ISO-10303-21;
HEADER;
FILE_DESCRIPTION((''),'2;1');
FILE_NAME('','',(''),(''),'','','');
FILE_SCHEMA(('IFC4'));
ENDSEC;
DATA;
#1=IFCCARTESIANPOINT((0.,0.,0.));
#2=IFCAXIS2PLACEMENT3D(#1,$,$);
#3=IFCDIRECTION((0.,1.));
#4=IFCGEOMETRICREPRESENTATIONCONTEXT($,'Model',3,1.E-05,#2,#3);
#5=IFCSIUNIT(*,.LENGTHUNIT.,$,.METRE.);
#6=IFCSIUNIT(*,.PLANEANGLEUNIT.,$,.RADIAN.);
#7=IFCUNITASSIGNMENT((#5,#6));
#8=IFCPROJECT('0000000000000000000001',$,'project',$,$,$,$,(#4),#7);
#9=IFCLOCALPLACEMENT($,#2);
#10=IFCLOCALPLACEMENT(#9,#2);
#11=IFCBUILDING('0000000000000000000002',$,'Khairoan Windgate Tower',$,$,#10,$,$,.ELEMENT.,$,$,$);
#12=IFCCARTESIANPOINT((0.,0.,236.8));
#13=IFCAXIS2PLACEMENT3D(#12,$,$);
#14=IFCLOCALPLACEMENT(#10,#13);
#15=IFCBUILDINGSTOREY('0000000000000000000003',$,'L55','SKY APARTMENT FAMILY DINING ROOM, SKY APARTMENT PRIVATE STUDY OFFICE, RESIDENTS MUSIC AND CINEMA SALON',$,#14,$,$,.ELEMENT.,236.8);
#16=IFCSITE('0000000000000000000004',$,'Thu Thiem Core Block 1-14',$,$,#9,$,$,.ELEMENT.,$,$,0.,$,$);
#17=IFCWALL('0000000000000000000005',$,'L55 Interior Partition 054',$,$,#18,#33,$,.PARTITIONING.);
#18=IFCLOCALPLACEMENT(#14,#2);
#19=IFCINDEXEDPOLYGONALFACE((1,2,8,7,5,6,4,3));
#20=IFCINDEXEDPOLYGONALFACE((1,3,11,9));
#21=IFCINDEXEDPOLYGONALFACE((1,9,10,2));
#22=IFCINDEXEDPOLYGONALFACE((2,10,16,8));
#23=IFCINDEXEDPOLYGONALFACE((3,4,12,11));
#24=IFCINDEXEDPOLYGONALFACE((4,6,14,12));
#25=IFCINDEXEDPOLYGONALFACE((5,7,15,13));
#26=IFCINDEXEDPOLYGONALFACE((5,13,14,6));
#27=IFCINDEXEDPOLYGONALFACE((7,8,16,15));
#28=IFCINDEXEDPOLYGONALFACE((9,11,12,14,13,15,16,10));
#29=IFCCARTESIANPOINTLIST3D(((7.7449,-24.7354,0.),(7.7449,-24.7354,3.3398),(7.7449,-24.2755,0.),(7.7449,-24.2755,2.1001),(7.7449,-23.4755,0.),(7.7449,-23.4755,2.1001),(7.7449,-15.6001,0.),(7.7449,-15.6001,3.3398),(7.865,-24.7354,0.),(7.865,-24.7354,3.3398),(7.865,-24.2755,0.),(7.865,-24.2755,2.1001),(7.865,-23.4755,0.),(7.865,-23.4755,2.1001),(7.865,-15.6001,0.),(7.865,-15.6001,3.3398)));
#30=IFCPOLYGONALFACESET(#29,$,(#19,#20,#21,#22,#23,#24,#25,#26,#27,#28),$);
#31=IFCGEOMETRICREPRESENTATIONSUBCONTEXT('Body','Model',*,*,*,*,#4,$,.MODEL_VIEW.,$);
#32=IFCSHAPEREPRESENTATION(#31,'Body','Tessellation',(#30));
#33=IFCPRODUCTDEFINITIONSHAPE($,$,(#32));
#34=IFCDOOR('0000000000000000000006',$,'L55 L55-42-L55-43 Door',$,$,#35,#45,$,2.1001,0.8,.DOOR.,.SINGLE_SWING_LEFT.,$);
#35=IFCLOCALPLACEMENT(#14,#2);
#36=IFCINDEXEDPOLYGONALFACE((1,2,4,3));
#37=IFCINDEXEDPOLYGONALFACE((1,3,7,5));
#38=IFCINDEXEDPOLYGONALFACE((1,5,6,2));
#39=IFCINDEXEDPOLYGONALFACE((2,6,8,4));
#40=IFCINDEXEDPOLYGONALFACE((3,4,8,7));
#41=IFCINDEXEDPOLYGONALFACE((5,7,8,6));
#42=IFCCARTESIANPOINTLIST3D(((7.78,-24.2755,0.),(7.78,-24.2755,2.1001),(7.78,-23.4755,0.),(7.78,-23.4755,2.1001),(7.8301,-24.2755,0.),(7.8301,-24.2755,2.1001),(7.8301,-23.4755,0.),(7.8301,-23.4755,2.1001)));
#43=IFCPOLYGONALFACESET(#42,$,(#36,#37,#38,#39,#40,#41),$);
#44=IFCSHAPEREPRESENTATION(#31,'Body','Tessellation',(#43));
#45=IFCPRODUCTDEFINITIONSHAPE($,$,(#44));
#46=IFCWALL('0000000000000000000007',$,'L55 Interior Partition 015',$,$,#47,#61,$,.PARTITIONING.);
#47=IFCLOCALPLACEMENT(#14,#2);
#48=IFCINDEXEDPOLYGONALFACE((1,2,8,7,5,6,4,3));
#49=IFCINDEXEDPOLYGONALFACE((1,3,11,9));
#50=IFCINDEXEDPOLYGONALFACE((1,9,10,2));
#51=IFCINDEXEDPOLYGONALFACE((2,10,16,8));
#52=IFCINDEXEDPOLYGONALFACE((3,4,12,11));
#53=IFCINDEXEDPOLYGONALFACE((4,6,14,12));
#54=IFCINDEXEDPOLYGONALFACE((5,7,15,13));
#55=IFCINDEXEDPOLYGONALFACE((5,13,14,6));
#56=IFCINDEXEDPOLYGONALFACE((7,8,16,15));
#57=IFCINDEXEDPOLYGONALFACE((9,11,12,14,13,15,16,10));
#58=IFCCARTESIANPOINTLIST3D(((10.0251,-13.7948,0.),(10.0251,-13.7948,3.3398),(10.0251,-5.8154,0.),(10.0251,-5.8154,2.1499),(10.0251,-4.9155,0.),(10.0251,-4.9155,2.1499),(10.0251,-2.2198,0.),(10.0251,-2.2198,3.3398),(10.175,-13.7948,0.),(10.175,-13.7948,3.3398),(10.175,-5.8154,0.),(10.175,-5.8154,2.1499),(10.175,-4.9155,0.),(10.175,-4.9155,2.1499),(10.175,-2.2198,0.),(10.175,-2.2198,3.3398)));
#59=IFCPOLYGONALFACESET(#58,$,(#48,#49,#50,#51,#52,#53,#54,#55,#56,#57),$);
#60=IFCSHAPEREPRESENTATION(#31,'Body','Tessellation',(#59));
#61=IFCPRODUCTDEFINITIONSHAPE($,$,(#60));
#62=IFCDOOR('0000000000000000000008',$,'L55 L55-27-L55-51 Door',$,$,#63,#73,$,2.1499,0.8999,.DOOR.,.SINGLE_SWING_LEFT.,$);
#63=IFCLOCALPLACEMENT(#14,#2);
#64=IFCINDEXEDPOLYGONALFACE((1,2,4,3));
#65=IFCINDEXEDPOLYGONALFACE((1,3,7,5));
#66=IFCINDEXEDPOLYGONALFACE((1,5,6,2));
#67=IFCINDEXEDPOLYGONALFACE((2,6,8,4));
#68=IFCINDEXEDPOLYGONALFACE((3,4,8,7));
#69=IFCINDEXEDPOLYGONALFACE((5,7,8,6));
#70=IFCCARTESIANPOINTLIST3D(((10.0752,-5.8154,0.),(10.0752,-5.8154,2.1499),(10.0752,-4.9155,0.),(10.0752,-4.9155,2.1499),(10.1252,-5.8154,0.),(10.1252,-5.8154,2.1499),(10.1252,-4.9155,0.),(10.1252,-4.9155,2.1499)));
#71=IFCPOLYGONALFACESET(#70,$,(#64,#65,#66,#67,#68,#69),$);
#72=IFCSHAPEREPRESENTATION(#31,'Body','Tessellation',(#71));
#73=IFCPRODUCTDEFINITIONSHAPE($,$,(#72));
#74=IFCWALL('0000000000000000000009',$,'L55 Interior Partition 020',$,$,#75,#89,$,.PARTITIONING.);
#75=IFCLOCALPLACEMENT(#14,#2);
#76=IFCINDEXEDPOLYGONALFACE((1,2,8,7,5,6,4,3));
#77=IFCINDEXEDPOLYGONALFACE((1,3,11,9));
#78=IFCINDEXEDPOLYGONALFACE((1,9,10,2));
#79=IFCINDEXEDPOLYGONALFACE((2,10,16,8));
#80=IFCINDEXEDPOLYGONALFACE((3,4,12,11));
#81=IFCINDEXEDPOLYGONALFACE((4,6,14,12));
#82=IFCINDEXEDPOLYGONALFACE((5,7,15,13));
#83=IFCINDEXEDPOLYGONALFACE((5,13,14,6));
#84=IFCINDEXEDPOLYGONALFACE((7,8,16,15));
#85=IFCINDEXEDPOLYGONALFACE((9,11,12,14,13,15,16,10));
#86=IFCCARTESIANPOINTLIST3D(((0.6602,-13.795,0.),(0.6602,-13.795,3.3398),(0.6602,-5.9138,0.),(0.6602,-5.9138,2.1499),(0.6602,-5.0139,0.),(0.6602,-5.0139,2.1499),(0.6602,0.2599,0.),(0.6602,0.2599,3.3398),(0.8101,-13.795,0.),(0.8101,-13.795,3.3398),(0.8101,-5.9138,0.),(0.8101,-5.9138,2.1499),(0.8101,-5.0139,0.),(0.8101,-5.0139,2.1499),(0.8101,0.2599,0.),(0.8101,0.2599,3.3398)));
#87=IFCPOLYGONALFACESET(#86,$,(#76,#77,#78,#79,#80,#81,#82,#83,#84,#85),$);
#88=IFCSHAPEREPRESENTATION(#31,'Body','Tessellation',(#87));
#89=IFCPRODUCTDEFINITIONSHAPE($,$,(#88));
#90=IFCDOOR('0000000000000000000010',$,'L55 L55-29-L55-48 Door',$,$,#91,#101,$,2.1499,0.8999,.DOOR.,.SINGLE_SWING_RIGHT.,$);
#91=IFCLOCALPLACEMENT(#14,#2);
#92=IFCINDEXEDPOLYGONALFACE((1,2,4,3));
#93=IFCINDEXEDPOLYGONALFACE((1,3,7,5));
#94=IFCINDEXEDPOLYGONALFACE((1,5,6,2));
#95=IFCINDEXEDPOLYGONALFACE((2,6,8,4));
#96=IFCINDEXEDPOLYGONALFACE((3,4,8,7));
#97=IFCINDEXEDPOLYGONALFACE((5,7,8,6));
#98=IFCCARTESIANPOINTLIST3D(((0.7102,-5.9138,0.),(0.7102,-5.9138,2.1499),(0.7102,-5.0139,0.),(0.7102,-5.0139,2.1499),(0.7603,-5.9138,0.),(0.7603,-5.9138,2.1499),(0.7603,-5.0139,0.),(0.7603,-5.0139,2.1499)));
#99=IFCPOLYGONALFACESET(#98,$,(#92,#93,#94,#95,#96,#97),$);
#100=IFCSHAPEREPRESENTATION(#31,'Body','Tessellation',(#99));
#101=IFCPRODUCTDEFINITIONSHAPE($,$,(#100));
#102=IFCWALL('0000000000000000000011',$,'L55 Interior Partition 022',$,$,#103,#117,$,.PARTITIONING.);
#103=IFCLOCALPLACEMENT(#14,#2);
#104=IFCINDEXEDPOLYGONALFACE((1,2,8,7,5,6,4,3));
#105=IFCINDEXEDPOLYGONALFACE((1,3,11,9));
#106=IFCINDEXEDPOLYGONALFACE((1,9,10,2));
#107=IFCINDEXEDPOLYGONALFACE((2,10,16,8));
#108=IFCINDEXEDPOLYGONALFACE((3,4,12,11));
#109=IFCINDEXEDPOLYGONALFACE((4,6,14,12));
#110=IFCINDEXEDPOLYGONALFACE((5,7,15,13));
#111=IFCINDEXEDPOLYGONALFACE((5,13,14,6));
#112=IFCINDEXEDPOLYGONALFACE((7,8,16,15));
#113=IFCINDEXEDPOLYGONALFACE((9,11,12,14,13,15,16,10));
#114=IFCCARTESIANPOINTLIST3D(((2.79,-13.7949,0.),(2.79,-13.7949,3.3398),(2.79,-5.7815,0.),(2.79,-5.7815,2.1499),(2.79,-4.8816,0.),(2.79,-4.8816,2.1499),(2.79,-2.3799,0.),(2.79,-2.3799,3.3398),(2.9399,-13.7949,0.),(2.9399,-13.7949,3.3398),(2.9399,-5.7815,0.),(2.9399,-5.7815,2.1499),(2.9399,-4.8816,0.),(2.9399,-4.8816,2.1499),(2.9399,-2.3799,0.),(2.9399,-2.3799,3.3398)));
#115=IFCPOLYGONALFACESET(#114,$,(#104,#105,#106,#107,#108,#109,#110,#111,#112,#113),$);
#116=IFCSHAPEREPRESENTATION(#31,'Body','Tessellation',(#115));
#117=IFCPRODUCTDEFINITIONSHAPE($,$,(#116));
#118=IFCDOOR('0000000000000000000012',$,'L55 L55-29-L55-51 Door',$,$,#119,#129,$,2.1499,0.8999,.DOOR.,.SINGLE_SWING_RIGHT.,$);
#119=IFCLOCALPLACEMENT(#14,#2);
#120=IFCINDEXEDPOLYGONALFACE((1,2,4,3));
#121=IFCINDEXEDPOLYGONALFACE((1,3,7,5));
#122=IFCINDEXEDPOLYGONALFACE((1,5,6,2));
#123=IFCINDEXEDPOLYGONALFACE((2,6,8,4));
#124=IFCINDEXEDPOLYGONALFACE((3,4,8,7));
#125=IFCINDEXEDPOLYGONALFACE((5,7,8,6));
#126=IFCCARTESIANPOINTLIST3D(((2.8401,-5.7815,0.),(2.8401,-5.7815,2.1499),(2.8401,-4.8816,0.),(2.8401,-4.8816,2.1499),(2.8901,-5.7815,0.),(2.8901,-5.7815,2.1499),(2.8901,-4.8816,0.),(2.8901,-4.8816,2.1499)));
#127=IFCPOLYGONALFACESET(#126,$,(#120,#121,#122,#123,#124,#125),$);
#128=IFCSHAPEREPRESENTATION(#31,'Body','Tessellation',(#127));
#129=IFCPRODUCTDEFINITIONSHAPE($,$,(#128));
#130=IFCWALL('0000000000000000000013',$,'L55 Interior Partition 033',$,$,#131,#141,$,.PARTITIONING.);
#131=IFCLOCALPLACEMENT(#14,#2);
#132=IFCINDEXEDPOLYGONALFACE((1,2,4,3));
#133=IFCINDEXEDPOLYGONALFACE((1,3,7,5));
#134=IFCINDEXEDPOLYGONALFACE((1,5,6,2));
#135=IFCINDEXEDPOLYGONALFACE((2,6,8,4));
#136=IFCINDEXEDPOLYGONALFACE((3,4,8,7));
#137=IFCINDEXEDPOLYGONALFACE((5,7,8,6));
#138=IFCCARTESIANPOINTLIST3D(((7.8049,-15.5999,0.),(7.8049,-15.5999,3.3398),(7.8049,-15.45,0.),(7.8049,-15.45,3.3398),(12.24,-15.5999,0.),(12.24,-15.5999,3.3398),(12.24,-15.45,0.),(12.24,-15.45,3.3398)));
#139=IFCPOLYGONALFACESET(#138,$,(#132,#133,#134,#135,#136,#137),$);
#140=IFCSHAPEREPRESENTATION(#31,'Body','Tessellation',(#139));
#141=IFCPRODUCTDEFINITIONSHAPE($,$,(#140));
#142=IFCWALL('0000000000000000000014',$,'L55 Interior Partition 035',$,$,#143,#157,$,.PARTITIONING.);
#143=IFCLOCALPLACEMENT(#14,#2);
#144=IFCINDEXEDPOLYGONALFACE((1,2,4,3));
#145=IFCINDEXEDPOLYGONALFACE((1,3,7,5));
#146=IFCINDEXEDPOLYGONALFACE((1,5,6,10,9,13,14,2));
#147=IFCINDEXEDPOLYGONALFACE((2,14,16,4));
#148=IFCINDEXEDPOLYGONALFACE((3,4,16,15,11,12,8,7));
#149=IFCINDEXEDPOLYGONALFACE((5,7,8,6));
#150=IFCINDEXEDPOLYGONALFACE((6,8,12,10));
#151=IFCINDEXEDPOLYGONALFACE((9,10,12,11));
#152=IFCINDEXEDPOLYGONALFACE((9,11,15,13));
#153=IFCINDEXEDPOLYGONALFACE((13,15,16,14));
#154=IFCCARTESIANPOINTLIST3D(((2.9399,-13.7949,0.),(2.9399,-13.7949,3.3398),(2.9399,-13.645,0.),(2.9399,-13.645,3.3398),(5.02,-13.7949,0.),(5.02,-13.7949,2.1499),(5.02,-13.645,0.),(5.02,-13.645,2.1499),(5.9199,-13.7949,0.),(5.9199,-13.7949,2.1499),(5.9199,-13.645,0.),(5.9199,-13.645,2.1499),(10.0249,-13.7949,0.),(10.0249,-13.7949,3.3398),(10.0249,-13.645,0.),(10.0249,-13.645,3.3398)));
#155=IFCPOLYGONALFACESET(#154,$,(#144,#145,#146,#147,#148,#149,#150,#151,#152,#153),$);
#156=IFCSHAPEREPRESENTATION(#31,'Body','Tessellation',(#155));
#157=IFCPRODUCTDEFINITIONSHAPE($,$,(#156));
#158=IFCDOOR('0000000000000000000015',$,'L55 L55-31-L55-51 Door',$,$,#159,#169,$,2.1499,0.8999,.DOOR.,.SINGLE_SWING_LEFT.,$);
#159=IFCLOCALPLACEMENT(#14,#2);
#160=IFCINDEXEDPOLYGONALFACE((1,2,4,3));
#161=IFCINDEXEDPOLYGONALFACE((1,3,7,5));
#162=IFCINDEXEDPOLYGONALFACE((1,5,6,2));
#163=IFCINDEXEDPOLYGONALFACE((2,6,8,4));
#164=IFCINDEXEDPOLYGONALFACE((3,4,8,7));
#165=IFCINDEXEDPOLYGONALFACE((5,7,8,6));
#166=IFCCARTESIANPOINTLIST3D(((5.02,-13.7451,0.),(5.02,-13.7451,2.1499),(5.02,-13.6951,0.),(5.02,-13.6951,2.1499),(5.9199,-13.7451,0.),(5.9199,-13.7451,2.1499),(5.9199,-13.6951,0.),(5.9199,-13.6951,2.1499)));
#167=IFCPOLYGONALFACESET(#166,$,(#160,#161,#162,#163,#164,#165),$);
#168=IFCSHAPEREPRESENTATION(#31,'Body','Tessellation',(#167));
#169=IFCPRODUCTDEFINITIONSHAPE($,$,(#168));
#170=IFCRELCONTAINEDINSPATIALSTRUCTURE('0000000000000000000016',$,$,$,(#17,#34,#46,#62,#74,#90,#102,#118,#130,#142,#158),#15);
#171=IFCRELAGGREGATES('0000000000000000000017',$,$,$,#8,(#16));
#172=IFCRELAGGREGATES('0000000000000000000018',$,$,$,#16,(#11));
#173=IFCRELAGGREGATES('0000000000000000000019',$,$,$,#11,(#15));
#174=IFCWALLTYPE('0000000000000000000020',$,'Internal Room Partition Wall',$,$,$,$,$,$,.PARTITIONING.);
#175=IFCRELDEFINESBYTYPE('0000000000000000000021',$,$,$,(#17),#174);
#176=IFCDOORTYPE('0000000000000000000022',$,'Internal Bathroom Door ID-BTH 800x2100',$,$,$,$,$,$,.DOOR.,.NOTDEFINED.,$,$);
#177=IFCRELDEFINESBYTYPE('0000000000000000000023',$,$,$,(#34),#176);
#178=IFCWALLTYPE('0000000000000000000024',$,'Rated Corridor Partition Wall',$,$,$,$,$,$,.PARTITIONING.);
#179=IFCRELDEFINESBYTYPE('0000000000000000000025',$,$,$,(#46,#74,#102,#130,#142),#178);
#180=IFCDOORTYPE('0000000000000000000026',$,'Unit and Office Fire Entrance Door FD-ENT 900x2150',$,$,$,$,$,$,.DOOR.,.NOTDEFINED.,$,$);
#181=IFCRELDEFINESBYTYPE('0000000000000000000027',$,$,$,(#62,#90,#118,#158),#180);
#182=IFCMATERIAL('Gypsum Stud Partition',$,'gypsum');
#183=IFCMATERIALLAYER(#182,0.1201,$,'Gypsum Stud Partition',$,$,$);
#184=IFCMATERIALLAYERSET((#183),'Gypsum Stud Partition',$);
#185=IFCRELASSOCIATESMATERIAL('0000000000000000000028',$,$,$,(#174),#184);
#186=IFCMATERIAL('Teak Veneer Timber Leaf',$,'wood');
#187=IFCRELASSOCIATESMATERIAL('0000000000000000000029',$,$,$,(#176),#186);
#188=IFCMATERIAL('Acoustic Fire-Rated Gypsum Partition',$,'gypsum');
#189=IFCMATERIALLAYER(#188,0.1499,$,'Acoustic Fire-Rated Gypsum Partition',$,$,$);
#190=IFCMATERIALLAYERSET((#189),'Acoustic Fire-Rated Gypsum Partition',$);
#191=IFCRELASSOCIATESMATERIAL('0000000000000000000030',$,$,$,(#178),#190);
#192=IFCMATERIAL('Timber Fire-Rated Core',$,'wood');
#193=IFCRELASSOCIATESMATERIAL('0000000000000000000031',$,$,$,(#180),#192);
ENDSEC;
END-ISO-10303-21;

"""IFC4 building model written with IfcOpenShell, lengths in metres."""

from ifc_helpers import new_model, si_unit, direction, frame, frame_2d, origin, place, context, subcontext, project, spatial, rectangle, extrude, material, layer, layer_set, type_object, element, fill, save


model = new_model("IFC4")

# Units and contexts
model_context = context("Model", 3, precision=1e-05, world=origin(), true_north=direction((0.0, 1.0)))
body_context = subcontext(model_context, "Body", "Model", "MODEL_VIEW")
ifc_project = project(units=[si_unit("LENGTHUNIT", "METRE"), si_unit("PLANEANGLEUNIT", "RADIAN")], contexts=[model_context])

# Site, building, storey
site_placement = place(None, origin())
site = spatial("IfcSite", under=ifc_project, at=site_placement, Name="Thu Thiem Core Block 1-14", CompositionType="ELEMENT", RefElevation=0.0)
building_placement = place(site_placement, origin())
building = spatial("IfcBuilding", under=site, at=building_placement, Name="Khairoan Windgate Tower", CompositionType="ELEMENT")
storey_placement = place(building_placement, frame((0.0, 0.0, 236.8)))
storey = spatial("IfcBuildingStorey", under=building, at=storey_placement, Name="L55", Description="SKY APARTMENT FAMILY DINING ROOM, SKY APARTMENT PRIVATE STUDY OFFICE, RESIDENTS MUSIC AND CINEMA SALON", CompositionType="ELEMENT", Elevation=236.8)

# Walls, openings, doors
ifc_material_1 = material(Name="Gypsum Stud Partition", Category="gypsum")
ifc_layer_1 = layer(ifc_material_1, 0.1201, Name="Gypsum Stud Partition")
ifc_layer_set_1 = layer_set([ifc_layer_1], Name="Gypsum Stud Partition")
wall_type_1 = type_object("IfcWallType", Name="Internal Room Partition Wall", PredefinedType="PARTITIONING", material=ifc_layer_set_1)
wall_1_placement = place(storey_placement, frame((7.8049, -24.7354, 0.0), z_axis=(0.0, 0.0, 1.0), x_axis=(0.0, 1.0, 0.0)))
wall_1 = element("IfcWall", 1, at=wall_1_placement, inside=storey, type_object=wall_type_1, Name="L55 Interior Partition 054", PredefinedType="PARTITIONING", context=body_context, shape_type="SweptSolid", body=[
    extrude(rectangle(XDim=9.1353, YDim=0.1201, at=frame_2d((4.5676, 0.0))), origin(), (0.0, 0.0, 1.0), 3.3398),
])
opening_1_placement = place(wall_1_placement, frame((0.46, 0.0, 0.0)))
opening_1 = element("IfcOpeningElement", 2, at=opening_1_placement, cuts=wall_1, PredefinedType="OPENING", context=body_context, shape_type="SweptSolid", body=[
    extrude(rectangle(XDim=0.8, YDim=2.1001, at=frame_2d((0.3999, 1.05))), frame((0.0, 0.0701, 0.0), z_axis=(0.0, -1.0, 0.0), x_axis=(1.0, 0.0, 0.0)), (0.0, 0.0, 1.0), 0.1401),
])
ifc_material_2 = material(Name="Teak Veneer Timber Leaf", Category="wood")
door_type_1 = type_object("IfcDoorType", Name="Internal Bathroom Door ID-BTH 800x2100", OperationType="NOTDEFINED", PredefinedType="DOOR", material=ifc_material_2)
door_1_placement = place(opening_1_placement, origin())
door_1 = element("IfcDoor", 3, at=door_1_placement, inside=storey, type_object=door_type_1, Name="L55 L55-42-L55-43 Door", OperationType="SINGLE_SWING_LEFT", OverallHeight=2.1001, OverallWidth=0.8, PredefinedType="DOOR", context=body_context, shape_type="SweptSolid", body=[
    extrude(rectangle(XDim=0.8, YDim=2.1001, at=frame_2d((0.3999, 1.05))), frame((0.0, 0.0249, 0.0), z_axis=(0.0, -1.0, 0.0), x_axis=(1.0, 0.0, 0.0)), (0.0, 0.0, 1.0), 0.05),
])
fill(opening_1, door_1)
ifc_material_3 = material(Name="Acoustic Fire-Rated Gypsum Partition", Category="gypsum")
ifc_layer_2 = layer(ifc_material_3, 0.1499, Name="Acoustic Fire-Rated Gypsum Partition")
ifc_layer_set_2 = layer_set([ifc_layer_2], Name="Acoustic Fire-Rated Gypsum Partition")
wall_type_2 = type_object("IfcWallType", Name="Rated Corridor Partition Wall", PredefinedType="PARTITIONING", material=ifc_layer_set_2)
wall_2_placement = place(storey_placement, frame((10.1001, -13.7949, 0.0), z_axis=(0.0, 0.0, 1.0), x_axis=(0.0, 1.0, 0.0)))
wall_2 = element("IfcWall", 4, at=wall_2_placement, inside=storey, type_object=wall_type_2, Name="L55 Interior Partition 015", PredefinedType="PARTITIONING", context=body_context, shape_type="SweptSolid", body=[
    extrude(rectangle(XDim=11.575, YDim=0.1499, at=frame_2d((5.7876, 0.0))), origin(), (0.0, 0.0, 1.0), 3.3398),
])
opening_2_placement = place(wall_2_placement, frame((7.9795, 0.0, 0.0)))
opening_2 = element("IfcOpeningElement", 5, at=opening_2_placement, cuts=wall_2, PredefinedType="OPENING", context=body_context, shape_type="SweptSolid", body=[
    extrude(rectangle(XDim=0.8999, YDim=2.1499, at=frame_2d((0.45, 1.075))), frame((0.0, 0.085, 0.0), z_axis=(0.0, -1.0, 0.0), x_axis=(1.0, 0.0, 0.0)), (0.0, 0.0, 1.0), 0.1699),
])
ifc_material_4 = material(Name="Timber Fire-Rated Core", Category="wood")
door_type_2 = type_object("IfcDoorType", Name="Unit and Office Fire Entrance Door FD-ENT 900x2150", OperationType="NOTDEFINED", PredefinedType="DOOR", material=ifc_material_4)
door_2_placement = place(opening_2_placement, origin())
door_2 = element("IfcDoor", 6, at=door_2_placement, inside=storey, type_object=door_type_2, Name="L55 L55-27-L55-51 Door", OperationType="SINGLE_SWING_LEFT", OverallHeight=2.1499, OverallWidth=0.8999, PredefinedType="DOOR", context=body_context, shape_type="SweptSolid", body=[
    extrude(rectangle(XDim=0.8999, YDim=2.1499, at=frame_2d((0.45, 1.075))), frame((0.0, 0.0249, 0.0), z_axis=(0.0, -1.0, 0.0), x_axis=(1.0, 0.0, 0.0)), (0.0, 0.0, 1.0), 0.05),
])
fill(opening_2, door_2)
wall_3_placement = place(storey_placement, frame((0.7351, -13.7949, 0.0), z_axis=(0.0, 0.0, 1.0), x_axis=(0.0, 1.0, 0.0)))
wall_3 = element("IfcWall", 7, at=wall_3_placement, inside=storey, type_object=wall_type_2, Name="L55 Interior Partition 020", PredefinedType="PARTITIONING", context=body_context, shape_type="SweptSolid", body=[
    extrude(rectangle(XDim=14.0549, YDim=0.1499, at=frame_2d((7.0273, 0.0))), origin(), (0.0, 0.0, 1.0), 3.3398),
])
opening_3_placement = place(wall_3_placement, frame((7.8811, 0.0, 0.0)))
opening_3 = element("IfcOpeningElement", 8, at=opening_3_placement, cuts=wall_3, PredefinedType="OPENING", context=body_context, shape_type="SweptSolid", body=[
    extrude(rectangle(XDim=0.8999, YDim=2.1499, at=frame_2d((0.45, 1.075))), frame((0.0, 0.085, 0.0), z_axis=(0.0, -1.0, 0.0), x_axis=(1.0, 0.0, 0.0)), (0.0, 0.0, 1.0), 0.1699),
])
door_3_placement = place(opening_3_placement, origin())
door_3 = element("IfcDoor", 9, at=door_3_placement, inside=storey, type_object=door_type_2, Name="L55 L55-29-L55-48 Door", OperationType="SINGLE_SWING_RIGHT", OverallHeight=2.1499, OverallWidth=0.8999, PredefinedType="DOOR", context=body_context, shape_type="SweptSolid", body=[
    extrude(rectangle(XDim=0.8999, YDim=2.1499, at=frame_2d((0.45, 1.075))), frame((0.0, 0.0249, 0.0), z_axis=(0.0, -1.0, 0.0), x_axis=(1.0, 0.0, 0.0)), (0.0, 0.0, 1.0), 0.05),
])
fill(opening_3, door_3)
wall_4_placement = place(storey_placement, frame((2.865, -13.7949, 0.0), z_axis=(0.0, 0.0, 1.0), x_axis=(0.0, 1.0, 0.0)))
wall_4 = element("IfcWall", 10, at=wall_4_placement, inside=storey, type_object=wall_type_2, Name="L55 Interior Partition 022", PredefinedType="PARTITIONING", context=body_context, shape_type="SweptSolid", body=[
    extrude(rectangle(XDim=11.415, YDim=0.1499, at=frame_2d((5.7075, 0.0))), origin(), (0.0, 0.0, 1.0), 3.3398),
])
opening_4_placement = place(wall_4_placement, frame((8.0134, 0.0, 0.0)))
opening_4 = element("IfcOpeningElement", 11, at=opening_4_placement, cuts=wall_4, PredefinedType="OPENING", context=body_context, shape_type="SweptSolid", body=[
    extrude(rectangle(XDim=0.8999, YDim=2.1499, at=frame_2d((0.45, 1.075))), frame((0.0, 0.085, 0.0), z_axis=(0.0, -1.0, 0.0), x_axis=(1.0, 0.0, 0.0)), (0.0, 0.0, 1.0), 0.1699),
])
door_4_placement = place(opening_4_placement, origin())
door_4 = element("IfcDoor", 12, at=door_4_placement, inside=storey, type_object=door_type_2, Name="L55 L55-29-L55-51 Door", OperationType="SINGLE_SWING_RIGHT", OverallHeight=2.1499, OverallWidth=0.8999, PredefinedType="DOOR", context=body_context, shape_type="SweptSolid", body=[
    extrude(rectangle(XDim=0.8999, YDim=2.1499, at=frame_2d((0.45, 1.075))), frame((0.0, 0.0249, 0.0), z_axis=(0.0, -1.0, 0.0), x_axis=(1.0, 0.0, 0.0)), (0.0, 0.0, 1.0), 0.05),
])
fill(opening_4, door_4)

# Wall
wall_5_placement = place(storey_placement, frame((7.8049, -15.5249, 0.0), z_axis=(0.0, 0.0, 1.0), x_axis=(1.0, 0.0, 0.0)))
element("IfcWall", 13, at=wall_5_placement, inside=storey, type_object=wall_type_2, Name="L55 Interior Partition 033", PredefinedType="PARTITIONING", context=body_context, shape_type="SweptSolid", body=[
    extrude(rectangle(XDim=4.4351, YDim=0.1499, at=frame_2d((2.2175, 0.0))), origin(), (0.0, 0.0, 1.0), 3.3398),
])

# Wall, opening, door
wall_6_placement = place(storey_placement, frame((2.9399, -13.72, 0.0), z_axis=(0.0, 0.0, 1.0), x_axis=(1.0, 0.0, 0.0)))
wall_6 = element("IfcWall", 14, at=wall_6_placement, inside=storey, type_object=wall_type_2, Name="L55 Interior Partition 035", PredefinedType="PARTITIONING", context=body_context, shape_type="SweptSolid", body=[
    extrude(rectangle(XDim=7.085, YDim=0.1499, at=frame_2d((3.5425, 0.0))), origin(), (0.0, 0.0, 1.0), 3.3398),
])
opening_5_placement = place(wall_6_placement, frame((2.0801, 0.0, 0.0)))
opening_5 = element("IfcOpeningElement", 15, at=opening_5_placement, cuts=wall_6, PredefinedType="OPENING", context=body_context, shape_type="SweptSolid", body=[
    extrude(rectangle(XDim=0.8999, YDim=2.1499, at=frame_2d((0.45, 1.075))), frame((0.0, 0.085, 0.0), z_axis=(0.0, -1.0, 0.0), x_axis=(1.0, 0.0, 0.0)), (0.0, 0.0, 1.0), 0.1699),
])
door_5_placement = place(opening_5_placement, origin())
door_5 = element("IfcDoor", 16, at=door_5_placement, inside=storey, type_object=door_type_2, Name="L55 L55-31-L55-51 Door", OperationType="SINGLE_SWING_LEFT", OverallHeight=2.1499, OverallWidth=0.8999, PredefinedType="DOOR", context=body_context, shape_type="SweptSolid", body=[
    extrude(rectangle(XDim=0.8999, YDim=2.1499, at=frame_2d((0.45, 1.075))), frame((0.0, 0.0249, 0.0), z_axis=(0.0, -1.0, 0.0), x_axis=(1.0, 0.0, 0.0)), (0.0, 0.0, 1.0), 0.05),
])
fill(opening_5, door_5)

save(model, "model.ifc")
